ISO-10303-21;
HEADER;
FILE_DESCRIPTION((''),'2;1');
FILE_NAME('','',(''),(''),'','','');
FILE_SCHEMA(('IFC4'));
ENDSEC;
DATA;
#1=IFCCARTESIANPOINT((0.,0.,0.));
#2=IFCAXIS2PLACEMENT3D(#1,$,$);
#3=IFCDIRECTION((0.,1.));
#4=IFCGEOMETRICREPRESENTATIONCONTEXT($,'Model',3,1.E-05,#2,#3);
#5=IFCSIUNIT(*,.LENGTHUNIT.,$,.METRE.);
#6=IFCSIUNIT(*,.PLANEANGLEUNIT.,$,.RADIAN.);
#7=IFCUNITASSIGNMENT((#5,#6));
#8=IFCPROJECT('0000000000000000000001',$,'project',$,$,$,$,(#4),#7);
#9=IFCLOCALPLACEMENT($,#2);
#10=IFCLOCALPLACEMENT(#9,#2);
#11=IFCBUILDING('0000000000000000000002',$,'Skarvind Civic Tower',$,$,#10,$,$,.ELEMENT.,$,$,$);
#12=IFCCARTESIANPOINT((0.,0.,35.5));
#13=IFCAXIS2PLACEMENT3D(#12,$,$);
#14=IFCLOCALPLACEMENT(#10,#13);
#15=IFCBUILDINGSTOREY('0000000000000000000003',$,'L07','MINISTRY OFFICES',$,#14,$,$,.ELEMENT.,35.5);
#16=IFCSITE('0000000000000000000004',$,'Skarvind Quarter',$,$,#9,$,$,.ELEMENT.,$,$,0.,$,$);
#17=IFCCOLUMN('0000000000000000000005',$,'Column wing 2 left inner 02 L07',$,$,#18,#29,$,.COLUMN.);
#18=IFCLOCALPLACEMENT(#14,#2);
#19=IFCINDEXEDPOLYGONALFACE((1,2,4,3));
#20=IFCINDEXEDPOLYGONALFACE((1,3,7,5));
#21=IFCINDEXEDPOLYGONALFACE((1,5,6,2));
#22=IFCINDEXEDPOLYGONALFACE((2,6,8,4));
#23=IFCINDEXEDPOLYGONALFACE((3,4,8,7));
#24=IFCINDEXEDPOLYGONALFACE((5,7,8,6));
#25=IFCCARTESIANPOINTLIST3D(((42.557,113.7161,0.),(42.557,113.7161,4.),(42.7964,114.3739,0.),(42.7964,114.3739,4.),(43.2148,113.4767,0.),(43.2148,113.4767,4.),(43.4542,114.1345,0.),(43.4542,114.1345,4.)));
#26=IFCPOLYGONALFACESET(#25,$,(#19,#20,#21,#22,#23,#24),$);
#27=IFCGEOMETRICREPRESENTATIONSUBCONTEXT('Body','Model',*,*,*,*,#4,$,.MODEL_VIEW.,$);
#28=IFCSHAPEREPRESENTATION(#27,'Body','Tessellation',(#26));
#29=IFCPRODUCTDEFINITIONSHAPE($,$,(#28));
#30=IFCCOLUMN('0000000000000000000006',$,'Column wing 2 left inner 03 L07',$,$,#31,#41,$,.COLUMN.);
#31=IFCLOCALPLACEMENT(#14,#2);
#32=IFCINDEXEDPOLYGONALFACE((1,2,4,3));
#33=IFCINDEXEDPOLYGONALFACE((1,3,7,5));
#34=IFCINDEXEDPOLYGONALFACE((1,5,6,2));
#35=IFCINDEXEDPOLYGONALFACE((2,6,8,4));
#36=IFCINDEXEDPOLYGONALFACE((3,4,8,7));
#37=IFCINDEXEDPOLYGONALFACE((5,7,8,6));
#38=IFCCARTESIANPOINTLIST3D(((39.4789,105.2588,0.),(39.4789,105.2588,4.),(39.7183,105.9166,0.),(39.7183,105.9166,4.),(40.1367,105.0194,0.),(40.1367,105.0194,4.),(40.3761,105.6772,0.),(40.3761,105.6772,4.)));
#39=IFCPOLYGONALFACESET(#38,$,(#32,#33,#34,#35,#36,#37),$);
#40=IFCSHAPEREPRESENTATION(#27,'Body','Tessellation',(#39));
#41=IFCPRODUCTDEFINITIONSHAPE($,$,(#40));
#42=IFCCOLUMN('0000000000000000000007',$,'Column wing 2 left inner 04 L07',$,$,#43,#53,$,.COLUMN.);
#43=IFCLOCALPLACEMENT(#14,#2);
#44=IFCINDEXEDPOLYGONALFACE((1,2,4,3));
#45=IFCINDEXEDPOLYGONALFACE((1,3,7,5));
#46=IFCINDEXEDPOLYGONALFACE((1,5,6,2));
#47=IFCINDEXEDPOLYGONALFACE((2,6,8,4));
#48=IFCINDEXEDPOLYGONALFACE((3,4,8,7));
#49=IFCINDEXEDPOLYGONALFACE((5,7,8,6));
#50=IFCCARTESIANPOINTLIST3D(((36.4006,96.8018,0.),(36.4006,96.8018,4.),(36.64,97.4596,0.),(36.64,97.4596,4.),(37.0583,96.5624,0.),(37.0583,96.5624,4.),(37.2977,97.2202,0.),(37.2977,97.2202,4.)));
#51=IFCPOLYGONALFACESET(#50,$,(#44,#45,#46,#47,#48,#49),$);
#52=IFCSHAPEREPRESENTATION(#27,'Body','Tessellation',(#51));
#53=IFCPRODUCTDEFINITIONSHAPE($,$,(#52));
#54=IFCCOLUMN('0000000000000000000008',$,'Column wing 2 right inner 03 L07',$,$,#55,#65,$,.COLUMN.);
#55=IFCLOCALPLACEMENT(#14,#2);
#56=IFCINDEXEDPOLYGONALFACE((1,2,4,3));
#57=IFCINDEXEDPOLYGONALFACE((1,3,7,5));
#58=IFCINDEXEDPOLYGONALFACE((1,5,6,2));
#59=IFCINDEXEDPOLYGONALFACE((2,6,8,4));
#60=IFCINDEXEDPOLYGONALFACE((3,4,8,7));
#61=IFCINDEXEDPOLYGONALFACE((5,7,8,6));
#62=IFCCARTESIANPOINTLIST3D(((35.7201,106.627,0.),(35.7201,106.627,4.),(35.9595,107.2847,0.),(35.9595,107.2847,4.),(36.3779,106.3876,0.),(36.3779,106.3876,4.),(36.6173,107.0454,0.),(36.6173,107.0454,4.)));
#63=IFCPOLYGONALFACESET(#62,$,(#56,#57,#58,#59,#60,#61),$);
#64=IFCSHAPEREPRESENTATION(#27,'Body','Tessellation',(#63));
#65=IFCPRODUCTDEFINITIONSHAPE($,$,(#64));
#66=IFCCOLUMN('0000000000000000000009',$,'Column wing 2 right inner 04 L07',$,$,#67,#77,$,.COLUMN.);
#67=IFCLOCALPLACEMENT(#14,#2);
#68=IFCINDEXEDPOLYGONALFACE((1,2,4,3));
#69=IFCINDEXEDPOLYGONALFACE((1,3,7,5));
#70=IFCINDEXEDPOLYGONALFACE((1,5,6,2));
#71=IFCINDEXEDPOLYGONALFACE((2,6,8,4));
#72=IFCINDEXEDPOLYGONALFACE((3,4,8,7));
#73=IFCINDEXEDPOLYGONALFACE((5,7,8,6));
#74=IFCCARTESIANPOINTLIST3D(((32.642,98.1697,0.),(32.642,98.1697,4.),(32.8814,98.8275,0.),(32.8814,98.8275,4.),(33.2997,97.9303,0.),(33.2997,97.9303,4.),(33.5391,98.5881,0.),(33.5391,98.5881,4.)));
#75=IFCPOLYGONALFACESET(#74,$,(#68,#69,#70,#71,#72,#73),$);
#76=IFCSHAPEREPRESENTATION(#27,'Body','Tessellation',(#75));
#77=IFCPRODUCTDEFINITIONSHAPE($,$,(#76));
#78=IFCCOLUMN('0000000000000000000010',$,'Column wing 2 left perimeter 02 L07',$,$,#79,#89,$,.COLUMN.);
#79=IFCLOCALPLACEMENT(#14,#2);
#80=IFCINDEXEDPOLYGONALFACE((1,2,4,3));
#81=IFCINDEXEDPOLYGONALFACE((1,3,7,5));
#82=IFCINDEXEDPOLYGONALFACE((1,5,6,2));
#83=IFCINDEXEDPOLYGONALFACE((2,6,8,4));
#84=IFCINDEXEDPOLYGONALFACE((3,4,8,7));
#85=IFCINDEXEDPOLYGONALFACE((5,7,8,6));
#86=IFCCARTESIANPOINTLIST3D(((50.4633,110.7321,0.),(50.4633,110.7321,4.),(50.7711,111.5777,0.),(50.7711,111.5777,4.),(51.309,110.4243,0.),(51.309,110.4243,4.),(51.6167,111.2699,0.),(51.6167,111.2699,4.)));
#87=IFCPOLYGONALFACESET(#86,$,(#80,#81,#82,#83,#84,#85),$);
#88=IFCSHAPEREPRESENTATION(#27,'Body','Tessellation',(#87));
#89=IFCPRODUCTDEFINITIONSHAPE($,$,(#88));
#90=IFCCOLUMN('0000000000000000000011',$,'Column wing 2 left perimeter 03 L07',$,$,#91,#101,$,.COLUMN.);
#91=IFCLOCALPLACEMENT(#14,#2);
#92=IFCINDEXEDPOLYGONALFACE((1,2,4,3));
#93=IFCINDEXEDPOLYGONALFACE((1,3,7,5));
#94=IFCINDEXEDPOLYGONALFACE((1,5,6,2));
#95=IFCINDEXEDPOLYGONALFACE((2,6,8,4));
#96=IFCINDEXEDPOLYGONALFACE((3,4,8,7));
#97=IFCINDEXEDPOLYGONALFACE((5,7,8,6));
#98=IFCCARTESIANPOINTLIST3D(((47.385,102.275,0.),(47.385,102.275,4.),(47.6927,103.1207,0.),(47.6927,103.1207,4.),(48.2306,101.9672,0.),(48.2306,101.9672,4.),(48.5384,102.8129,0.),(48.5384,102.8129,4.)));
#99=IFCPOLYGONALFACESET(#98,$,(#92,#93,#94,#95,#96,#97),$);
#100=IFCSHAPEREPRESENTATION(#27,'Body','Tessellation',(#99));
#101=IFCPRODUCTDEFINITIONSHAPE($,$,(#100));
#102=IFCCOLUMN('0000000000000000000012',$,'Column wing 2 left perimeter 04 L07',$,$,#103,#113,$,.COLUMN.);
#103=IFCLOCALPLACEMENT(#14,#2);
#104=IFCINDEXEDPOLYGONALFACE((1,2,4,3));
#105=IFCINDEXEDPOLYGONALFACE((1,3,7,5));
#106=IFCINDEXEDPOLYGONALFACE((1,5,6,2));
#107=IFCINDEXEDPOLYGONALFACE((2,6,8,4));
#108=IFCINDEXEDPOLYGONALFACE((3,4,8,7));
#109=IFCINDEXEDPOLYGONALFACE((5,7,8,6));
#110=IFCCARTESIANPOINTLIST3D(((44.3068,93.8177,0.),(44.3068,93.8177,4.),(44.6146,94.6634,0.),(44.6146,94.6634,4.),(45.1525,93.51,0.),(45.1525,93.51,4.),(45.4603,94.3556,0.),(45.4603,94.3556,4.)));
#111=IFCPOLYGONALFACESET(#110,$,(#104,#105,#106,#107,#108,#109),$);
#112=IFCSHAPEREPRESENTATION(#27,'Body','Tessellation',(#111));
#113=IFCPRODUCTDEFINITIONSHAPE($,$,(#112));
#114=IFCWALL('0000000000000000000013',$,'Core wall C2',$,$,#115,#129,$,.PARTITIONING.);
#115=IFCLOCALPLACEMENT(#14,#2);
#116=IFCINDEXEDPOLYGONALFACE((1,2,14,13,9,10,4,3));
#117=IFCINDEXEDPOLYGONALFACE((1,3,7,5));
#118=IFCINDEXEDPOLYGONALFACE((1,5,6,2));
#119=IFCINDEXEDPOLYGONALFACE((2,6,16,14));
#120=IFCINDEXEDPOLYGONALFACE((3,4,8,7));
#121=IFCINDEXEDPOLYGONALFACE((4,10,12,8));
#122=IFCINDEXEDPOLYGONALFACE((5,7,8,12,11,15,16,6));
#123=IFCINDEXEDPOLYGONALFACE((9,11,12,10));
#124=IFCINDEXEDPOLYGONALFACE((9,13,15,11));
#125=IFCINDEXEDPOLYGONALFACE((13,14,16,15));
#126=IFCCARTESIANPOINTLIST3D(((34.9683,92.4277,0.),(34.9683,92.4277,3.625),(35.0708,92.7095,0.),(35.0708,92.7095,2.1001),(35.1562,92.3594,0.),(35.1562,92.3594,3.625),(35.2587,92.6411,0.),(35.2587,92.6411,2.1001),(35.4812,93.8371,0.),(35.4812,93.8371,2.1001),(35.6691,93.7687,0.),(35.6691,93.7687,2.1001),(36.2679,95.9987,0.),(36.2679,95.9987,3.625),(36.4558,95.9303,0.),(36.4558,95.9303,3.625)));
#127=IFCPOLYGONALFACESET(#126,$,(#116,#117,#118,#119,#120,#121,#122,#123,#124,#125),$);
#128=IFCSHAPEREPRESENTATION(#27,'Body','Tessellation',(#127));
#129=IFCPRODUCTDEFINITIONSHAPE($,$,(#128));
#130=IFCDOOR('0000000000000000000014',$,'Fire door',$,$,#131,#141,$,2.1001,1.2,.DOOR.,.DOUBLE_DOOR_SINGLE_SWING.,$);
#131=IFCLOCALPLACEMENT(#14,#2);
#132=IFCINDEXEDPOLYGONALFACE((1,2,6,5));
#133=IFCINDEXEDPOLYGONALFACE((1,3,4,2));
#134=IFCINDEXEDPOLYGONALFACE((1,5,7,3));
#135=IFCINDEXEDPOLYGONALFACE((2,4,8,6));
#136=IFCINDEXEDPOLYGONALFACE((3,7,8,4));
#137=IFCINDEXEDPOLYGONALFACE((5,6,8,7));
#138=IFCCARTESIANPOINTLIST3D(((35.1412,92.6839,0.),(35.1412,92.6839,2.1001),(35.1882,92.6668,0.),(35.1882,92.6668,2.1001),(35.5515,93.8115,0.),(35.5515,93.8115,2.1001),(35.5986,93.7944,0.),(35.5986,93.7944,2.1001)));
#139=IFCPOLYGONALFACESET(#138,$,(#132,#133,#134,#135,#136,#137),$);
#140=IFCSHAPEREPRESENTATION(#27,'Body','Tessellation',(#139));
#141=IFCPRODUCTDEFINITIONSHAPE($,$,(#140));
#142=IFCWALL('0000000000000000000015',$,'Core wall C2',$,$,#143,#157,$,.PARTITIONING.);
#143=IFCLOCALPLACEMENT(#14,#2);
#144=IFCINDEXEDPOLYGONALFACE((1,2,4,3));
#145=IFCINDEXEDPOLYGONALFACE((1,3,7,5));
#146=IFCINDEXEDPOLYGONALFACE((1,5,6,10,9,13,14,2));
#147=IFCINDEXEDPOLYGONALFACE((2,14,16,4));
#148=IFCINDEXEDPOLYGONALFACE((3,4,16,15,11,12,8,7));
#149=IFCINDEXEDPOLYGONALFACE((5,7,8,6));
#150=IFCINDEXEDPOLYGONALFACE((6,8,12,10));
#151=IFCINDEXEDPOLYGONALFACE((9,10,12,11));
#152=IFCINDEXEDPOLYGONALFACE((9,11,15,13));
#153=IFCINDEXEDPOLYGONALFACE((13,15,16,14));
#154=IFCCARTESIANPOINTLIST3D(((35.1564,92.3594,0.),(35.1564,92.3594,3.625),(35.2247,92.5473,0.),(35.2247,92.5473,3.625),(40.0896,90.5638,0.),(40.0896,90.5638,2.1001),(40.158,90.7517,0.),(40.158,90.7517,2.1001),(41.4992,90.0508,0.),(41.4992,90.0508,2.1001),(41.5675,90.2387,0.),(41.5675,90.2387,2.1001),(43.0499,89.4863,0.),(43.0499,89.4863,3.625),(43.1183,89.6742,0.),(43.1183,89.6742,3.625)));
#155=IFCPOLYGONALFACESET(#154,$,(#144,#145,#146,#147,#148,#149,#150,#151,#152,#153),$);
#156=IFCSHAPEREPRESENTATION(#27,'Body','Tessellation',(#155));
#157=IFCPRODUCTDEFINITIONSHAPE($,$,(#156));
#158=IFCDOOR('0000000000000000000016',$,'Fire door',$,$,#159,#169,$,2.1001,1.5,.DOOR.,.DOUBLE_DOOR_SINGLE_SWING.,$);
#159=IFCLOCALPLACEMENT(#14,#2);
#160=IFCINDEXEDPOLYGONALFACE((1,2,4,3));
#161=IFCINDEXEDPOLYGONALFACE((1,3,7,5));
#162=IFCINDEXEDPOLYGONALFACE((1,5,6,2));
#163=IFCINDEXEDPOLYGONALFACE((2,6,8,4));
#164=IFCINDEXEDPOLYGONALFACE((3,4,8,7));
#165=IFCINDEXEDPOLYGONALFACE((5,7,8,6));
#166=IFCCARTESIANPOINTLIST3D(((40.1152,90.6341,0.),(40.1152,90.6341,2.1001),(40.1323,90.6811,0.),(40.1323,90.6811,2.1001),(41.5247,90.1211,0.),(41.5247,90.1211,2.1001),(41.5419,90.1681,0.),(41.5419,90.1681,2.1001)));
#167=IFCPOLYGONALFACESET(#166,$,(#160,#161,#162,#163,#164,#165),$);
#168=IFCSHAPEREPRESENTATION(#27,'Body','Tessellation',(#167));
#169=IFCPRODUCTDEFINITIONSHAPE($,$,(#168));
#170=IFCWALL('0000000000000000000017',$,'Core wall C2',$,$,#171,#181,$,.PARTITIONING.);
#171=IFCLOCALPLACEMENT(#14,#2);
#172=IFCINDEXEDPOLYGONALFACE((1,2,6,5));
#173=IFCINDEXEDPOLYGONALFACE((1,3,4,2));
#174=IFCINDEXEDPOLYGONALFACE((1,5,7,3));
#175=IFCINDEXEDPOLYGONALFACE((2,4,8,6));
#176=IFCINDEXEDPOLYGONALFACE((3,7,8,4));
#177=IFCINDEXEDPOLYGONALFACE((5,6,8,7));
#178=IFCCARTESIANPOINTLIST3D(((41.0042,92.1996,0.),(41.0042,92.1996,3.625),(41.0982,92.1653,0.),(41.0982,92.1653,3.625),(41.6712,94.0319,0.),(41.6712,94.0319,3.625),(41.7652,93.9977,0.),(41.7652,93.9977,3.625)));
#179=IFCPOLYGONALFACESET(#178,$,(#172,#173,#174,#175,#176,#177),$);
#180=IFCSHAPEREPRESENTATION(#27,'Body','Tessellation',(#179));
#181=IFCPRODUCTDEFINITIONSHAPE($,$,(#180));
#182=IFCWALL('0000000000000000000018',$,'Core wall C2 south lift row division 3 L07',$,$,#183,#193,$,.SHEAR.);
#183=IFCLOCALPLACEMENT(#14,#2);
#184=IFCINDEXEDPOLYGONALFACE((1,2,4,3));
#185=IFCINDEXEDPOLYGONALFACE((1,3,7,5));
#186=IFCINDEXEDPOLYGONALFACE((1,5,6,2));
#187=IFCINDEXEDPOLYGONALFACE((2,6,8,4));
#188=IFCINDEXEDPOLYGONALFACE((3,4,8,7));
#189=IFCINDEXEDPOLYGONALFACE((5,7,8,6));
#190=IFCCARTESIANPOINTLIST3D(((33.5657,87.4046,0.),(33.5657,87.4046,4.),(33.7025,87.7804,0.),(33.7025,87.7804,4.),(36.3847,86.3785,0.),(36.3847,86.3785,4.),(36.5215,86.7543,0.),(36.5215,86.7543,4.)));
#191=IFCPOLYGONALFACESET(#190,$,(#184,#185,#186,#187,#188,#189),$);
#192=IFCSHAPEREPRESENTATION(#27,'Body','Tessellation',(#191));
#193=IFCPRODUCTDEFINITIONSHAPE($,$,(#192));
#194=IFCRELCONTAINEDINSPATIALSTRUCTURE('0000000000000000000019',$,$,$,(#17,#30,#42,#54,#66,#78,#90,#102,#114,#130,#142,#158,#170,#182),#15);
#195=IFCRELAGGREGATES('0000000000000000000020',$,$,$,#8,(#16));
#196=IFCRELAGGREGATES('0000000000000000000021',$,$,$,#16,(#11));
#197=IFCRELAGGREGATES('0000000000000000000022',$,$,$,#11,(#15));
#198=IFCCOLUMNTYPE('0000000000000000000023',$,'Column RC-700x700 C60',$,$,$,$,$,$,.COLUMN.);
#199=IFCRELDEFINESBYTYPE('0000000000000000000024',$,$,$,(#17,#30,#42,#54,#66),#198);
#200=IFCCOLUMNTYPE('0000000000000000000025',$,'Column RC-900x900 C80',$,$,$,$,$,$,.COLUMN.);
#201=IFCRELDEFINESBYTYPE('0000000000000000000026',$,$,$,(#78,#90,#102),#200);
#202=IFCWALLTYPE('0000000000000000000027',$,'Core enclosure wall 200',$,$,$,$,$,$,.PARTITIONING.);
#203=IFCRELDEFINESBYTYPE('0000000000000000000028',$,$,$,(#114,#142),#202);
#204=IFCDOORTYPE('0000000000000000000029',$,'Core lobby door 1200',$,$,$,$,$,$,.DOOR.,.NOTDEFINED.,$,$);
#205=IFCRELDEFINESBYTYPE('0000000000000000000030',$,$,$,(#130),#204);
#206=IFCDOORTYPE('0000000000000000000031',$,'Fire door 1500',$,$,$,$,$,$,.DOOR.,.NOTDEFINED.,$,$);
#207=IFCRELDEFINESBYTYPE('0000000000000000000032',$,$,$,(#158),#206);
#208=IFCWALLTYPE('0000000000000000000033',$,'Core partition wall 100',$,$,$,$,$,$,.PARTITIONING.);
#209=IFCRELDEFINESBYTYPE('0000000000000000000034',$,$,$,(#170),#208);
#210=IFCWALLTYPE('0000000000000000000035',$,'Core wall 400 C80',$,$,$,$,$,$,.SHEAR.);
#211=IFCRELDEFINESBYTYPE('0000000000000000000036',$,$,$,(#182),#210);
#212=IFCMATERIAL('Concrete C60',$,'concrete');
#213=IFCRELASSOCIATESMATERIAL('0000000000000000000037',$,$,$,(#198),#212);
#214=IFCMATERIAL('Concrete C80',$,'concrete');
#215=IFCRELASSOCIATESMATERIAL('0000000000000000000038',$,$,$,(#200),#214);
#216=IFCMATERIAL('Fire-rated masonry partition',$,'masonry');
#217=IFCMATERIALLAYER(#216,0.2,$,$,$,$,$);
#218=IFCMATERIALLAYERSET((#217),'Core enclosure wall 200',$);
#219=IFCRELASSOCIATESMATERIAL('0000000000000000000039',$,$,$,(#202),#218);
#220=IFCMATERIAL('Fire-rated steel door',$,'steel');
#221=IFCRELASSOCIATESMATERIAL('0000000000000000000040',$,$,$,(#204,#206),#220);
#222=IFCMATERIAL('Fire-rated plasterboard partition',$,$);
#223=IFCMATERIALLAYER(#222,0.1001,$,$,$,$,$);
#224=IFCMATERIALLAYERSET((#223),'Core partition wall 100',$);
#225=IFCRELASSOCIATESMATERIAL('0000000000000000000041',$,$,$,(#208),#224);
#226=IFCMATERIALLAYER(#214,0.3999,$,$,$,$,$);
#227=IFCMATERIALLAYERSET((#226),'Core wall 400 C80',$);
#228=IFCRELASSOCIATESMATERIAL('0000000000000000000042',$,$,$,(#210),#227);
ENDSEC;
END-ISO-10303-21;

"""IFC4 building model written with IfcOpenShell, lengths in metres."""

from ifc_helpers import new_model, si_unit, direction, frame, frame_2d, origin, origin_2d, place, context, subcontext, project, spatial, rectangle, extrude, material, layer, layer_set, material_profile, profile_set, type_object, element, fill, save


model = new_model("IFC4")

# Units and contexts
model_context = context("Model", 3, precision=1e-05, world=origin(), true_north=direction((0.0, 1.0)))
body_context = subcontext(model_context, "Body", "Model", "MODEL_VIEW")
ifc_project = project(units=[si_unit("LENGTHUNIT", "METRE"), si_unit("PLANEANGLEUNIT", "RADIAN")], contexts=[model_context])

# Site, building, storey
site_placement = place(None, origin())
site = spatial("IfcSite", under=ifc_project, at=site_placement, Name="Skarvind Quarter", CompositionType="ELEMENT", RefElevation=0.0)
building_placement = place(site_placement, origin())
building = spatial("IfcBuilding", under=site, at=building_placement, Name="Skarvind Civic Tower", CompositionType="ELEMENT")
storey_placement = place(building_placement, frame((0.0, 0.0, 35.5)))
storey = spatial("IfcBuildingStorey", under=building, at=storey_placement, Name="L07", Description="MINISTRY OFFICES", CompositionType="ELEMENT", Elevation=35.5)

# Columns
ifc_material_1 = material(Name="Concrete C60", Category="concrete")
ifc_material_profile_1 = material_profile(ifc_material_1, rectangle(XDim=0.7, YDim=0.7, at=origin_2d()), Name="RC-700x700")
ifc_profile_set_1 = profile_set([ifc_material_profile_1], Name="Concrete C60")
column_type_1 = type_object("IfcColumnType", Name="Column RC-700x700 C60", PredefinedType="COLUMN", material=ifc_profile_set_1)
for number, where, z_axis, x_axis, name in (
    (1, (43.0056, 113.9253, 0.0), (0.0, 0.0, 1.0), (-0.34202, -0.939693, 0.0), "Column wing 2 left inner 02 L07"),
    (2, (39.9275, 105.468, 0.0), (0.0, 0.0, 1.0), (-0.34202, -0.939693, 0.0), "Column wing 2 left inner 03 L07"),
    (3, (36.8491, 97.011, 0.0), (0.0, 0.0, 1.0), (-0.34202, -0.939693, 0.0), "Column wing 2 left inner 04 L07"),
    (4, (36.1687, 106.8362, 0.0), (0.0, 0.0, 1.0), (-0.34202, -0.939693, 0.0), "Column wing 2 right inner 03 L07"),
    (5, (33.0906, 98.3789, 0.0), (0.0, 0.0, 1.0), (-0.34202, -0.939693, 0.0), "Column wing 2 right inner 04 L07"),
):
    element("IfcColumn", number, at=place(storey_placement, frame(where, z_axis=z_axis, x_axis=x_axis)), inside=storey, type_object=column_type_1, Name=name, PredefinedType="COLUMN", context=body_context, shape_type="SweptSolid", body=[
        extrude(rectangle(XDim=0.7, YDim=0.7, at=origin_2d()), origin(), (0.0, 0.0, 1.0), 4.0),
    ])
ifc_material_2 = material(Name="Concrete C80", Category="concrete")
ifc_material_profile_2 = material_profile(ifc_material_2, rectangle(XDim=0.8999, YDim=0.8999, at=origin_2d()), Name="RC-900x900")
ifc_profile_set_2 = profile_set([ifc_material_profile_2], Name="Concrete C80")
column_type_2 = type_object("IfcColumnType", Name="Column RC-900x900 C80", PredefinedType="COLUMN", material=ifc_profile_set_2)
for number, where, z_axis, x_axis, name in (
    (6, (51.04, 111.001, 0.0), (0.0, 0.0, 1.0), (-0.34202, -0.939693, 0.0), "Column wing 2 left perimeter 02 L07"),
    (7, (47.9617, 102.5439, 0.0), (0.0, 0.0, 1.0), (-0.34202, -0.939693, 0.0), "Column wing 2 left perimeter 03 L07"),
    (8, (44.8835, 94.0867, 0.0), (0.0, 0.0, 1.0), (-0.34202, -0.939693, 0.0), "Column wing 2 left perimeter 04 L07"),
):
    element("IfcColumn", number, at=place(storey_placement, frame(where, z_axis=z_axis, x_axis=x_axis)), inside=storey, type_object=column_type_2, Name=name, PredefinedType="COLUMN", context=body_context, shape_type="SweptSolid", body=[
        extrude(rectangle(XDim=0.8999, YDim=0.8999, at=origin_2d()), origin(), (0.0, 0.0, 1.0), 4.0),
    ])

# Walls, openings, doors
ifc_material_3 = material(Name="Fire-rated masonry partition", Category="masonry")
ifc_layer_1 = layer(ifc_material_3, 0.2)
ifc_layer_set_1 = layer_set([ifc_layer_1], Name="Core enclosure wall 200")
wall_type_1 = type_object("IfcWallType", Name="Core enclosure wall 200", PredefinedType="PARTITIONING", material=ifc_layer_set_1)
wall_1_placement = place(storey_placement, frame((36.3618, 95.9644, 0.0), z_axis=(0.0, 0.0, 1.0), x_axis=(-0.341996, -0.939701, 0.0)))
wall_1 = element("IfcWall", 9, at=wall_1_placement, inside=storey, type_object=wall_type_1, Name="Core wall C2", PredefinedType="PARTITIONING", context=body_context, shape_type="SweptSolid", body=[
    extrude(rectangle(XDim=3.8, YDim=0.2, at=frame_2d((1.8999, 0.0))), origin(), (0.0, 0.0, 1.0), 3.625),
])
opening_1_placement = place(wall_1_placement, frame((2.3, 0.0, 0.0)))
opening_1 = element("IfcOpeningElement", 10, at=opening_1_placement, cuts=wall_1, PredefinedType="OPENING", context=body_context, shape_type="SweptSolid", body=[
    extrude(rectangle(XDim=1.2, YDim=2.1001, at=frame_2d((0.6001, 1.05))), frame((0.0, 0.1099, 0.0), z_axis=(0.0, -1.0, 0.0), x_axis=(1.0, 0.0, 0.0)), (0.0, 0.0, 1.0), 0.22),
])
ifc_material_4 = material(Name="Fire-rated steel door", Category="steel")
door_type_1 = type_object("IfcDoorType", Name="Core lobby door 1200", OperationType="NOTDEFINED", PredefinedType="DOOR", material=ifc_material_4)
door_1_placement = place(opening_1_placement, origin())
door_1 = element("IfcDoor", 11, at=door_1_placement, inside=storey, type_object=door_type_1, Name="Fire door", OperationType="DOUBLE_DOOR_SINGLE_SWING", OverallHeight=2.1001, OverallWidth=1.2, PredefinedType="DOOR", context=body_context, shape_type="SweptSolid", body=[
    extrude(rectangle(XDim=1.2, YDim=2.1001, at=frame_2d((0.6001, 1.05))), frame((0.0, 0.0249, 0.0), z_axis=(0.0, -1.0, 0.0), x_axis=(1.0, 0.0, 0.0)), (0.0, 0.0, 1.0), 0.05),
])
fill(opening_1, door_1)
wall_2_placement = place(storey_placement, frame((35.1904, 92.4534, 0.0), z_axis=(0.0, 0.0, 1.0), x_axis=(0.939692, -0.342023, 0.0)))
wall_2 = element("IfcWall", 12, at=wall_2_placement, inside=storey, type_object=wall_type_1, Name="Core wall C2", PredefinedType="PARTITIONING", context=body_context, shape_type="SweptSolid", body=[
    extrude(rectangle(XDim=8.4001, YDim=0.2, at=frame_2d((4.2002, 0.0))), origin(), (0.0, 0.0, 1.0), 3.625),
])
opening_2_placement = place(wall_2_placement, frame((5.25, 0.0, 0.0)))
opening_2 = element("IfcOpeningElement", 13, at=opening_2_placement, cuts=wall_2, PredefinedType="OPENING", context=body_context, shape_type="SweptSolid", body=[
    extrude(rectangle(XDim=1.5, YDim=2.1001, at=frame_2d((0.75, 1.05))), frame((0.0, 0.1099, 0.0), z_axis=(0.0, -1.0, 0.0), x_axis=(1.0, 0.0, 0.0)), (0.0, 0.0, 1.0), 0.22),
])
door_type_2 = type_object("IfcDoorType", Name="Fire door 1500", OperationType="NOTDEFINED", PredefinedType="DOOR", material=ifc_material_4)
door_2_placement = place(opening_2_placement, origin())
door_2 = element("IfcDoor", 14, at=door_2_placement, inside=storey, type_object=door_type_2, Name="Fire door", OperationType="DOUBLE_DOOR_SINGLE_SWING", OverallHeight=2.1001, OverallWidth=1.5, PredefinedType="DOOR", context=body_context, shape_type="SweptSolid", body=[
    extrude(rectangle(XDim=1.5, YDim=2.1001, at=frame_2d((0.75, 1.05))), frame((0.0, 0.0249, 0.0), z_axis=(0.0, -1.0, 0.0), x_axis=(1.0, 0.0, 0.0)), (0.0, 0.0, 1.0), 0.05),
])
fill(opening_2, door_2)

# Walls
ifc_material_5 = material(Name="Fire-rated plasterboard partition")
ifc_layer_2 = layer(ifc_material_5, 0.1001)
ifc_layer_set_2 = layer_set([ifc_layer_2], Name="Core partition wall 100")
wall_type_2 = type_object("IfcWallType", Name="Core partition wall 100", PredefinedType="PARTITIONING", material=ifc_layer_set_2)
wall_3_placement = place(storey_placement, frame((41.7183, 94.0149, 0.0), z_axis=(0.0, 0.0, 1.0), x_axis=(-0.342065, -0.939676, 0.0)))
element("IfcWall", 15, at=wall_3_placement, inside=storey, type_object=wall_type_2, Name="Core wall C2", PredefinedType="PARTITIONING", context=body_context, shape_type="SweptSolid", body=[
    extrude(rectangle(XDim=1.95, YDim=0.1001, at=frame_2d((0.9751, 0.0))), origin(), (0.0, 0.0, 1.0), 3.625),
])
ifc_layer_3 = layer(ifc_material_2, 0.3999)
ifc_layer_set_3 = layer_set([ifc_layer_3], Name="Core wall 400 C80")
wall_type_3 = type_object("IfcWallType", Name="Core wall 400 C80", PredefinedType="SHEAR", material=ifc_layer_set_3)
for number, where, z_axis, x_axis, name in (
    (16, (36.4531, 86.5664, 0.0), (0.0, 0.0, 1.0), (-0.939686, 0.342037, 0.0), "Core wall C2 south lift row division 3 L07"),
):
    element("IfcWall", number, at=place(storey_placement, frame(where, z_axis=z_axis, x_axis=x_axis)), inside=storey, type_object=wall_type_3, Name=name, PredefinedType="SHEAR", context=body_context, shape_type="SweptSolid", body=[
        extrude(rectangle(XDim=3.0, YDim=0.3999, at=frame_2d((1.5, 0.0))), origin(), (0.0, 0.0, 1.0), 4.0),
    ])

save(model, "model.ifc")
